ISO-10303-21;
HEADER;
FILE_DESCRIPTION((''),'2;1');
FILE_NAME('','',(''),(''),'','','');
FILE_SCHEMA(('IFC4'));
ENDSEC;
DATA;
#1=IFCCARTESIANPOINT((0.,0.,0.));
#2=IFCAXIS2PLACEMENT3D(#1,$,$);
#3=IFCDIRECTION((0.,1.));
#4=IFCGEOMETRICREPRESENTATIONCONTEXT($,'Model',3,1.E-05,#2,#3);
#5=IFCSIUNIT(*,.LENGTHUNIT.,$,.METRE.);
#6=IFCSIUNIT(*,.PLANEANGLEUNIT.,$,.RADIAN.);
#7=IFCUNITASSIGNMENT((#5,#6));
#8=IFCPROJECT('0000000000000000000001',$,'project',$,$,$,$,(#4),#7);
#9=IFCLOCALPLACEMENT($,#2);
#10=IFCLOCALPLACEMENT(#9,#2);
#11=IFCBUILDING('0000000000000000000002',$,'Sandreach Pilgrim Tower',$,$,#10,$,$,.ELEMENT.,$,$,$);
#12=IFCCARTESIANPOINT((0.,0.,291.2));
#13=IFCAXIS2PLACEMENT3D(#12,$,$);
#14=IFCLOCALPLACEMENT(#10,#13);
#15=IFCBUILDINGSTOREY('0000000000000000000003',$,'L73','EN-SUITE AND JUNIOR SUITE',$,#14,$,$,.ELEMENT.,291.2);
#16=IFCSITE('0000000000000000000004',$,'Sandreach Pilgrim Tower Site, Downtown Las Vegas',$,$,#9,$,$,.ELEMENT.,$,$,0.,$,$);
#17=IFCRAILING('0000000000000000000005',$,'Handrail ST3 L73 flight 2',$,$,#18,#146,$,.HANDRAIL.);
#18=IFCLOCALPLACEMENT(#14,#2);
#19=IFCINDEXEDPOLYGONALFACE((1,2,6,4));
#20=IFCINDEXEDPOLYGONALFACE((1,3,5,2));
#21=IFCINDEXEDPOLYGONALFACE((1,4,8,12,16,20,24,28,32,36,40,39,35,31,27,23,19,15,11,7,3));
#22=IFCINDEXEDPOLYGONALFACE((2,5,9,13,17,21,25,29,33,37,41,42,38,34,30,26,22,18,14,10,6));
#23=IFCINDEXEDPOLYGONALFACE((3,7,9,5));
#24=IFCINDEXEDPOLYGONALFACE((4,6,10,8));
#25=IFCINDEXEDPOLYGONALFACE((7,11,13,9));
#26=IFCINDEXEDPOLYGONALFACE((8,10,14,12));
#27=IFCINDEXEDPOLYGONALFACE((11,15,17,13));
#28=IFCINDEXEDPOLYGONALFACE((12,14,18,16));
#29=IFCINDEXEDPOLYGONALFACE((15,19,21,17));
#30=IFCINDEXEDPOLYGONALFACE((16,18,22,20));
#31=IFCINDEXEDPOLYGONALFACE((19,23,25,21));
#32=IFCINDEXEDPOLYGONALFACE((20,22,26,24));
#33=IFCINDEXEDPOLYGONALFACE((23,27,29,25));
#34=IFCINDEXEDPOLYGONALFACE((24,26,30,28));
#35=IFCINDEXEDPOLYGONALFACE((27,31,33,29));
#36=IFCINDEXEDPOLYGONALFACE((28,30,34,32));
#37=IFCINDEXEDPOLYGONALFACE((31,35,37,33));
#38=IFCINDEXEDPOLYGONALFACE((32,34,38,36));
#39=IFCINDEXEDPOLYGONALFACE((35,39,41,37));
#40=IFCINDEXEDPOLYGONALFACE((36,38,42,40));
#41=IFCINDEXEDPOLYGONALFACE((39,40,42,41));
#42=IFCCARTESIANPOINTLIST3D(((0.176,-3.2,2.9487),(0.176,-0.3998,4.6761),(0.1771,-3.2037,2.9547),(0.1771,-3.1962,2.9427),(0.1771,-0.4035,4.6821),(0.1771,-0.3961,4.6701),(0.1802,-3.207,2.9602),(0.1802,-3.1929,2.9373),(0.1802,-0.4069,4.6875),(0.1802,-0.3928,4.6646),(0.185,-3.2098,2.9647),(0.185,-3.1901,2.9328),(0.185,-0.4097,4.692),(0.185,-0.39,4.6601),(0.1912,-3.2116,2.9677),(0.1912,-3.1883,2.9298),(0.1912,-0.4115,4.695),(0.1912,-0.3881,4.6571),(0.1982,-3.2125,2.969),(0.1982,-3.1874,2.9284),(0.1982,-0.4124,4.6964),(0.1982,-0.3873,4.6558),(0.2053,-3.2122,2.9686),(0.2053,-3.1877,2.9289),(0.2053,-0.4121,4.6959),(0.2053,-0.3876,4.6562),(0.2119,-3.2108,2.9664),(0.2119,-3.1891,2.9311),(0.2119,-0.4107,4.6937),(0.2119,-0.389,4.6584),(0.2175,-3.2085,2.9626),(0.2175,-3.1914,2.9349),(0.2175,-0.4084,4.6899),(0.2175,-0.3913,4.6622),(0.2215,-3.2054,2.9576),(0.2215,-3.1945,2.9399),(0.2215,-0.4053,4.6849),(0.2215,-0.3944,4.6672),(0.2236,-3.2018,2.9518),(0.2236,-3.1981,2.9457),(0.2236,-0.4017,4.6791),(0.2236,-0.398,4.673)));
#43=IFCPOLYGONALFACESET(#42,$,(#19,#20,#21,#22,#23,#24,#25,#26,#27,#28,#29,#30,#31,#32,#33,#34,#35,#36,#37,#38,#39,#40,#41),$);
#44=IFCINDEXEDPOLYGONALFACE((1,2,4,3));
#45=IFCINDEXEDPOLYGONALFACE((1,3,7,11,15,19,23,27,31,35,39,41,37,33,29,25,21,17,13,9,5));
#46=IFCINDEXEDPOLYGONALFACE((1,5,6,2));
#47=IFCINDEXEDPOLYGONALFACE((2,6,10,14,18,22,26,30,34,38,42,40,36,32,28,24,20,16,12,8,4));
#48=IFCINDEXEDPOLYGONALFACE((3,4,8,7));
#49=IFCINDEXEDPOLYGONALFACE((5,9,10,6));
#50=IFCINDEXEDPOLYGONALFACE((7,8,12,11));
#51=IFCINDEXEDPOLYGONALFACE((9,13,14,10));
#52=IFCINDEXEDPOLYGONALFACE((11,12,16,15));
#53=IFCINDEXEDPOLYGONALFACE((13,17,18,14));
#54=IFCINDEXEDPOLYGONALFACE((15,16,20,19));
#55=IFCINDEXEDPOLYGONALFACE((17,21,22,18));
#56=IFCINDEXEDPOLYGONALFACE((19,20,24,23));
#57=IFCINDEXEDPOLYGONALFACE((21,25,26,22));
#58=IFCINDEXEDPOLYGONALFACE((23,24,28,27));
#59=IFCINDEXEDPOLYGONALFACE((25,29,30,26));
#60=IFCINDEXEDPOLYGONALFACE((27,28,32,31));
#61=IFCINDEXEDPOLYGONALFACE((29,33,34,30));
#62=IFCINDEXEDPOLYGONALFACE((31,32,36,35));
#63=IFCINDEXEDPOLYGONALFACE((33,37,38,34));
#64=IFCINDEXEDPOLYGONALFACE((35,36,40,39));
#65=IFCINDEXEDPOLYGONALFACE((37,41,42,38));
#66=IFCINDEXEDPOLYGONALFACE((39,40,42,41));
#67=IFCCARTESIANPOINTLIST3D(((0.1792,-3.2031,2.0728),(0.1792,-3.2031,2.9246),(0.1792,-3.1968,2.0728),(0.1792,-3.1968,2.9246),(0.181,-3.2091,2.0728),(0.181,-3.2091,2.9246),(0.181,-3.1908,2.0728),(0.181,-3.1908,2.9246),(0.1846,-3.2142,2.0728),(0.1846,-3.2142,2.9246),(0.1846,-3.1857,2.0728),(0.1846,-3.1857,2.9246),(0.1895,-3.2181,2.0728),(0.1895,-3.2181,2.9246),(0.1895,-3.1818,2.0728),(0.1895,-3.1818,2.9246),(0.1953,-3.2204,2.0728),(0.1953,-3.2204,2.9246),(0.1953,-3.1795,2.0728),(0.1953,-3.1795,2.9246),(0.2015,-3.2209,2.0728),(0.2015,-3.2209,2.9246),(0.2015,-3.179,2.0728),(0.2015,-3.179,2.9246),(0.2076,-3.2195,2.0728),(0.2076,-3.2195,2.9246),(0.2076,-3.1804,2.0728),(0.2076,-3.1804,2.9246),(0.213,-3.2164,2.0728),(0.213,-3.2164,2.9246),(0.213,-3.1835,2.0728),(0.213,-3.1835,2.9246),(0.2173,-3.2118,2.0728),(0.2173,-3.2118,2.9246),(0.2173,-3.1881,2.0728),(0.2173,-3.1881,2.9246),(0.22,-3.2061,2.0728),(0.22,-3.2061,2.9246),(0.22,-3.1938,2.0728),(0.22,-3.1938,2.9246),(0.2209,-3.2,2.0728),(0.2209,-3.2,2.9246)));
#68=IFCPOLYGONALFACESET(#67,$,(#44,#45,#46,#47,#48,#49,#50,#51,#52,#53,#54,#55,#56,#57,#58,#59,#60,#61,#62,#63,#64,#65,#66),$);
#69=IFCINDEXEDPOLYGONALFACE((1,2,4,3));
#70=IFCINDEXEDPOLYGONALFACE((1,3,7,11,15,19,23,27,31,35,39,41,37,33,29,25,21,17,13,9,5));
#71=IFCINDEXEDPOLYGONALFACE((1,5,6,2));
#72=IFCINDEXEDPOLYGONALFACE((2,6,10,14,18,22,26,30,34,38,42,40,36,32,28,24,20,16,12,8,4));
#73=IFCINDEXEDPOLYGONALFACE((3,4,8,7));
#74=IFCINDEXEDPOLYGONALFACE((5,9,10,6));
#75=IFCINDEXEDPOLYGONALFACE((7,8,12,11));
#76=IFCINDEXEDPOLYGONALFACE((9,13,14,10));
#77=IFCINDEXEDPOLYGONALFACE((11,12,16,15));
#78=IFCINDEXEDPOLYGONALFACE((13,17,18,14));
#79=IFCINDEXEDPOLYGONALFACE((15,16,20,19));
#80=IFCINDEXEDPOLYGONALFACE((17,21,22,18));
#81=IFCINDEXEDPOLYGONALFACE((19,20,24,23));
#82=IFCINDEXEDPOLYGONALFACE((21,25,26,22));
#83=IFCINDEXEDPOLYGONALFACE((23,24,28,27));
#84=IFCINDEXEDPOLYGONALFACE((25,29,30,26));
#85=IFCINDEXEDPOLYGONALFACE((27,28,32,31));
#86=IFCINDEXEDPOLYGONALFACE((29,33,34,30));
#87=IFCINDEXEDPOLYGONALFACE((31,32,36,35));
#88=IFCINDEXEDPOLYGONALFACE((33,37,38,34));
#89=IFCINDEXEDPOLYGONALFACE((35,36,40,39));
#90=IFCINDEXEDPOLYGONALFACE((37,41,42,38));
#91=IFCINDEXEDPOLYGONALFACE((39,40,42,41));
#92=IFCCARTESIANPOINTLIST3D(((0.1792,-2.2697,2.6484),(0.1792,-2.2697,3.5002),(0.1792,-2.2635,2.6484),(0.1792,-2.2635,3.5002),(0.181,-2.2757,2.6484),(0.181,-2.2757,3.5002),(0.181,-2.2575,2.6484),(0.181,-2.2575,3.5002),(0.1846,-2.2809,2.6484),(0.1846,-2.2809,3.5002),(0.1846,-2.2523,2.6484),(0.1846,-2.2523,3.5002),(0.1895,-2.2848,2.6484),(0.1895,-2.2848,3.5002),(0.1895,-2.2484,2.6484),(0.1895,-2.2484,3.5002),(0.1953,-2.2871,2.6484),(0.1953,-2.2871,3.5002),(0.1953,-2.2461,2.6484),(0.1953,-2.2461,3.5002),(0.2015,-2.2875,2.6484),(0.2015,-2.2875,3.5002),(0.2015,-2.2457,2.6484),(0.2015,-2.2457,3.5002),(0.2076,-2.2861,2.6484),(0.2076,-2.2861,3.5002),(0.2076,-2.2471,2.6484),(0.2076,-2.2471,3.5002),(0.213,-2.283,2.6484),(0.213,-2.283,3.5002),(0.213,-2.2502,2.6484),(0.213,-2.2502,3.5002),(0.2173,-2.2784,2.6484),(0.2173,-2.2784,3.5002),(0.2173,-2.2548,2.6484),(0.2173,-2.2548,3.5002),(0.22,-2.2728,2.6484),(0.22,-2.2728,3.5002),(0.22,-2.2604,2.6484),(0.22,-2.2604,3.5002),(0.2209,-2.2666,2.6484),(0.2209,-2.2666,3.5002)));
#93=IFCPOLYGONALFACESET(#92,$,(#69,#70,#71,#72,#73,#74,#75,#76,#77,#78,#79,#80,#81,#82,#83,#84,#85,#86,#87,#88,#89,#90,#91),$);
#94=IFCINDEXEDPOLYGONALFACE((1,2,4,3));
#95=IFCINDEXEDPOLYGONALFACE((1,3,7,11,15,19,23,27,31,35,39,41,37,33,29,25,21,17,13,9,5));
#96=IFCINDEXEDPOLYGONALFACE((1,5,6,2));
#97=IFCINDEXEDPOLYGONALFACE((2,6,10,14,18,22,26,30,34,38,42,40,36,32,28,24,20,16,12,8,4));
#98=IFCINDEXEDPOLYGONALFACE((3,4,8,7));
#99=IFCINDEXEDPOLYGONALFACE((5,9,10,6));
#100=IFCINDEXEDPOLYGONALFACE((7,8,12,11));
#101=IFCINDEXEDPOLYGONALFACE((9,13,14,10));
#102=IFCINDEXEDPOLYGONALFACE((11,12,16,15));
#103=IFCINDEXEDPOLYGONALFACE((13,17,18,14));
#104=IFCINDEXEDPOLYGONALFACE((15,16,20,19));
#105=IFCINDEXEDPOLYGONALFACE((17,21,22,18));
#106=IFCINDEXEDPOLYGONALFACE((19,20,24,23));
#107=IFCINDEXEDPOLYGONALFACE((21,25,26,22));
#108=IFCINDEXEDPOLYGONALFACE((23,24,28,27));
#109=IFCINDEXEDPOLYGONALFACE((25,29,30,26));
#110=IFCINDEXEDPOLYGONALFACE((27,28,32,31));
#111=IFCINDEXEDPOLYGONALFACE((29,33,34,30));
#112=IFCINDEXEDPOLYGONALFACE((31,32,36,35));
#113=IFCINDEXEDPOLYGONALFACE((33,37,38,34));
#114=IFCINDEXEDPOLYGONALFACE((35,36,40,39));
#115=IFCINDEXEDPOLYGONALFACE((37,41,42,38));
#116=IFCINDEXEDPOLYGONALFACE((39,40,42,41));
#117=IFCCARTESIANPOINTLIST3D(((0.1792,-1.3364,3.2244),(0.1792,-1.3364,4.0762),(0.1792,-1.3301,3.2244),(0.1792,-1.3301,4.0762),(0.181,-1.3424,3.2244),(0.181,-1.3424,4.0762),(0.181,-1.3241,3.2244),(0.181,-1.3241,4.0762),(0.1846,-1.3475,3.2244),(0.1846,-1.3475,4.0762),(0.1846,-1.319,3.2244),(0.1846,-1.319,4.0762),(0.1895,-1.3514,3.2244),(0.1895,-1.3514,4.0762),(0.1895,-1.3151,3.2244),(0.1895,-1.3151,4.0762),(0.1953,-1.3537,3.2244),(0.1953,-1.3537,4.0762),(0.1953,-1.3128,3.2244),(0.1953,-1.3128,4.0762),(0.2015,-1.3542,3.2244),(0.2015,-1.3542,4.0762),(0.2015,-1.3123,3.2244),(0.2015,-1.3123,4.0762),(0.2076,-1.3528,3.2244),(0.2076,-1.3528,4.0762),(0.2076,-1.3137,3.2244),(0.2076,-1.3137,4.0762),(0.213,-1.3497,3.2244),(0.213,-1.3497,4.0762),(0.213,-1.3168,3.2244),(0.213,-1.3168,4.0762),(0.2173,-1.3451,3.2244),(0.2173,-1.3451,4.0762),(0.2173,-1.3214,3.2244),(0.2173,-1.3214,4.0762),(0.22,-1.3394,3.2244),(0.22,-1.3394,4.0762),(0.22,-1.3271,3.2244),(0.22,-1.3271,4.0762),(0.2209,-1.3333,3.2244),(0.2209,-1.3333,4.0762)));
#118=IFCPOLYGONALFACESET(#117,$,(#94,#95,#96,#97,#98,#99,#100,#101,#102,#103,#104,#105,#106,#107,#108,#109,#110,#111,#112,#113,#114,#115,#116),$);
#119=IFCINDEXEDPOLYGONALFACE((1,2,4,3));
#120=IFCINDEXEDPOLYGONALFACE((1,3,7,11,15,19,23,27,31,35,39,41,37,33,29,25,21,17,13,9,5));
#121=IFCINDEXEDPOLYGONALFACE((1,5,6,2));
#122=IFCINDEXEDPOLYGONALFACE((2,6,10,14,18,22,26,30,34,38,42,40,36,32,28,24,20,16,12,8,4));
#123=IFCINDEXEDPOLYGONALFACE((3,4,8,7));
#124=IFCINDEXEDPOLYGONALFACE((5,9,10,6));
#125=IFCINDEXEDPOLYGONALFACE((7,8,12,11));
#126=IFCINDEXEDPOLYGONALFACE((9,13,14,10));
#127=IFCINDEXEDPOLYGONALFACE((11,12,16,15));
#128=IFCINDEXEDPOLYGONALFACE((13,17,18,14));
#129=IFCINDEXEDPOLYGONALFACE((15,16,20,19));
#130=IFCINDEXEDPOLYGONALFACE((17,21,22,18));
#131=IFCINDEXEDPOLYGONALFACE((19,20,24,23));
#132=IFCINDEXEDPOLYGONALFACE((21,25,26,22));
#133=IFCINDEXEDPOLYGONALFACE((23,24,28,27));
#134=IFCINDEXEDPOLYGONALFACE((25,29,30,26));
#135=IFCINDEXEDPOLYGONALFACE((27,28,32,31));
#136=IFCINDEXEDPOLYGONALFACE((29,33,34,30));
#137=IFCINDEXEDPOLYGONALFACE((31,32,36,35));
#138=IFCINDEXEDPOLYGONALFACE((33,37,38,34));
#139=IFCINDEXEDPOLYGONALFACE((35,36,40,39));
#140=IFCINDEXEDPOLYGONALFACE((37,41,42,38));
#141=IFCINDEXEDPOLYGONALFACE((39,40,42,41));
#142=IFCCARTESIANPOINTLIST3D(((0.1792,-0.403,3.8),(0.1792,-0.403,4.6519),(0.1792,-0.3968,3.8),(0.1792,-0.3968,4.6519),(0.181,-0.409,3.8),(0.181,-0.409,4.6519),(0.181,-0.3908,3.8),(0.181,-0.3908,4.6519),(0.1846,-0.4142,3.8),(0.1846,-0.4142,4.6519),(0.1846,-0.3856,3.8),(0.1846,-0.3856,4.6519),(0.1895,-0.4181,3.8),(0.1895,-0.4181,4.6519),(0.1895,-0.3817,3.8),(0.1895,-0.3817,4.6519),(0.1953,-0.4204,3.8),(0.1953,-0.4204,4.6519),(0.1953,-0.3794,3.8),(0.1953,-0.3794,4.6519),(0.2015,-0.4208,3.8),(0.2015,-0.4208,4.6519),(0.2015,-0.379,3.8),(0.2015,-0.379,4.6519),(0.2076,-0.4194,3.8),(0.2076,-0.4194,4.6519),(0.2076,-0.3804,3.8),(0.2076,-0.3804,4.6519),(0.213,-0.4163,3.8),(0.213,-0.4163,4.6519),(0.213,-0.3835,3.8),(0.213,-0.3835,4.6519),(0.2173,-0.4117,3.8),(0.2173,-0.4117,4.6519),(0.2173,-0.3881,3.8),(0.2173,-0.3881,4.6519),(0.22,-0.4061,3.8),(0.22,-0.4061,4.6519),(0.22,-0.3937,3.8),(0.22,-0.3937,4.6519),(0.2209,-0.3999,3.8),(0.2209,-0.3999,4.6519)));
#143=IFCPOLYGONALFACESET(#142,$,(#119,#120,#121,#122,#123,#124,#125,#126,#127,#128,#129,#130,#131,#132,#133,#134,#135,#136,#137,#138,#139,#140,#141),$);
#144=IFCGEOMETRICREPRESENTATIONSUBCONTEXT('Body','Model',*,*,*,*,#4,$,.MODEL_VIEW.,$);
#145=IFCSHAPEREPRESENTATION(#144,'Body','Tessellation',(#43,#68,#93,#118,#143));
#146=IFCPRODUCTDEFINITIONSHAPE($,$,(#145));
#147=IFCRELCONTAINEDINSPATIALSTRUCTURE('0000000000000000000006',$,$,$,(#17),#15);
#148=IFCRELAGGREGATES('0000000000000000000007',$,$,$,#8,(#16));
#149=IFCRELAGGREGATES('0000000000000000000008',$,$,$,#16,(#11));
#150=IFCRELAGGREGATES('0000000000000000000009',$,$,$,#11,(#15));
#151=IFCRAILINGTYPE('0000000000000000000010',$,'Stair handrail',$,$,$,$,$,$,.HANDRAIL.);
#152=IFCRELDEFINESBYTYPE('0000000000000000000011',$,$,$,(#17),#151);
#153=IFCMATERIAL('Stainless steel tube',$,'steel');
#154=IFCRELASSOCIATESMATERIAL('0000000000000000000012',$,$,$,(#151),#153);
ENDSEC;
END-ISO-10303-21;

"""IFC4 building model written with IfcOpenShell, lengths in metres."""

from ifc_helpers import new_model, si_unit, direction, frame, origin, origin_2d, place, context, subcontext, project, spatial, circle, extrude, material, type_object, element, save


model = new_model("IFC4")

# Units and contexts
model_context = context("Model", 3, precision=1e-05, world=origin(), true_north=direction((0.0, 1.0)))
body_context = subcontext(model_context, "Body", "Model", "MODEL_VIEW")
ifc_project = project(units=[si_unit("LENGTHUNIT", "METRE"), si_unit("PLANEANGLEUNIT", "RADIAN")], contexts=[model_context])

# Site, building, storey
site_placement = place(None, origin())
site = spatial("IfcSite", under=ifc_project, at=site_placement, Name="Sandreach Pilgrim Tower Site, Downtown Las Vegas", CompositionType="ELEMENT", RefElevation=0.0)
building_placement = place(site_placement, origin())
building = spatial("IfcBuilding", under=site, at=building_placement, Name="Sandreach Pilgrim Tower", CompositionType="ELEMENT")
storey_placement = place(building_placement, frame((0.0, 0.0, 291.2)))
storey = spatial("IfcBuildingStorey", under=building, at=storey_placement, Name="L73", Description="EN-SUITE AND JUNIOR SUITE", CompositionType="ELEMENT", Elevation=291.2)

# Railing
ifc_material_1 = material(Name="Stainless steel tube", Category="steel")
railing_type = type_object("IfcRailingType", Name="Stair handrail", PredefinedType="HANDRAIL", material=ifc_material_1)
for number, where, name in (
    (1, (0.2, -3.2, 2.0728), "Handrail ST3 L73 flight 2"),
):
    element("IfcRailing", number, at=place(storey_placement, frame(where)), inside=storey, type_object=railing_type, Name=name, PredefinedType="HANDRAIL", context=body_context, shape_type="SweptSolid", body=[
        extrude(circle(Radius=0.0239, at=origin_2d()), frame((0.0, 0.0, 0.876), z_axis=(0.0, 0.85109, 0.52502), x_axis=(-1.0, 0.0, 0.0)), (0.0, 0.0, 1.0), 3.29),
        extrude(circle(Radius=0.021, at=origin_2d()), origin(), (0.0, 0.0, 1.0), 0.8518),
        extrude(circle(Radius=0.021, at=origin_2d()), frame((0.0, 0.9333, 0.5757)), (0.0, 0.0, 1.0), 0.8518),
        extrude(circle(Radius=0.021, at=origin_2d()), frame((0.0, 1.8667, 1.1516)), (0.0, 0.0, 1.0), 0.8518),
        extrude(circle(Radius=0.021, at=origin_2d()), frame((0.0, 2.8, 1.7273)), (0.0, 0.0, 1.0), 0.8518),
    ])

save(model, "model.ifc")
